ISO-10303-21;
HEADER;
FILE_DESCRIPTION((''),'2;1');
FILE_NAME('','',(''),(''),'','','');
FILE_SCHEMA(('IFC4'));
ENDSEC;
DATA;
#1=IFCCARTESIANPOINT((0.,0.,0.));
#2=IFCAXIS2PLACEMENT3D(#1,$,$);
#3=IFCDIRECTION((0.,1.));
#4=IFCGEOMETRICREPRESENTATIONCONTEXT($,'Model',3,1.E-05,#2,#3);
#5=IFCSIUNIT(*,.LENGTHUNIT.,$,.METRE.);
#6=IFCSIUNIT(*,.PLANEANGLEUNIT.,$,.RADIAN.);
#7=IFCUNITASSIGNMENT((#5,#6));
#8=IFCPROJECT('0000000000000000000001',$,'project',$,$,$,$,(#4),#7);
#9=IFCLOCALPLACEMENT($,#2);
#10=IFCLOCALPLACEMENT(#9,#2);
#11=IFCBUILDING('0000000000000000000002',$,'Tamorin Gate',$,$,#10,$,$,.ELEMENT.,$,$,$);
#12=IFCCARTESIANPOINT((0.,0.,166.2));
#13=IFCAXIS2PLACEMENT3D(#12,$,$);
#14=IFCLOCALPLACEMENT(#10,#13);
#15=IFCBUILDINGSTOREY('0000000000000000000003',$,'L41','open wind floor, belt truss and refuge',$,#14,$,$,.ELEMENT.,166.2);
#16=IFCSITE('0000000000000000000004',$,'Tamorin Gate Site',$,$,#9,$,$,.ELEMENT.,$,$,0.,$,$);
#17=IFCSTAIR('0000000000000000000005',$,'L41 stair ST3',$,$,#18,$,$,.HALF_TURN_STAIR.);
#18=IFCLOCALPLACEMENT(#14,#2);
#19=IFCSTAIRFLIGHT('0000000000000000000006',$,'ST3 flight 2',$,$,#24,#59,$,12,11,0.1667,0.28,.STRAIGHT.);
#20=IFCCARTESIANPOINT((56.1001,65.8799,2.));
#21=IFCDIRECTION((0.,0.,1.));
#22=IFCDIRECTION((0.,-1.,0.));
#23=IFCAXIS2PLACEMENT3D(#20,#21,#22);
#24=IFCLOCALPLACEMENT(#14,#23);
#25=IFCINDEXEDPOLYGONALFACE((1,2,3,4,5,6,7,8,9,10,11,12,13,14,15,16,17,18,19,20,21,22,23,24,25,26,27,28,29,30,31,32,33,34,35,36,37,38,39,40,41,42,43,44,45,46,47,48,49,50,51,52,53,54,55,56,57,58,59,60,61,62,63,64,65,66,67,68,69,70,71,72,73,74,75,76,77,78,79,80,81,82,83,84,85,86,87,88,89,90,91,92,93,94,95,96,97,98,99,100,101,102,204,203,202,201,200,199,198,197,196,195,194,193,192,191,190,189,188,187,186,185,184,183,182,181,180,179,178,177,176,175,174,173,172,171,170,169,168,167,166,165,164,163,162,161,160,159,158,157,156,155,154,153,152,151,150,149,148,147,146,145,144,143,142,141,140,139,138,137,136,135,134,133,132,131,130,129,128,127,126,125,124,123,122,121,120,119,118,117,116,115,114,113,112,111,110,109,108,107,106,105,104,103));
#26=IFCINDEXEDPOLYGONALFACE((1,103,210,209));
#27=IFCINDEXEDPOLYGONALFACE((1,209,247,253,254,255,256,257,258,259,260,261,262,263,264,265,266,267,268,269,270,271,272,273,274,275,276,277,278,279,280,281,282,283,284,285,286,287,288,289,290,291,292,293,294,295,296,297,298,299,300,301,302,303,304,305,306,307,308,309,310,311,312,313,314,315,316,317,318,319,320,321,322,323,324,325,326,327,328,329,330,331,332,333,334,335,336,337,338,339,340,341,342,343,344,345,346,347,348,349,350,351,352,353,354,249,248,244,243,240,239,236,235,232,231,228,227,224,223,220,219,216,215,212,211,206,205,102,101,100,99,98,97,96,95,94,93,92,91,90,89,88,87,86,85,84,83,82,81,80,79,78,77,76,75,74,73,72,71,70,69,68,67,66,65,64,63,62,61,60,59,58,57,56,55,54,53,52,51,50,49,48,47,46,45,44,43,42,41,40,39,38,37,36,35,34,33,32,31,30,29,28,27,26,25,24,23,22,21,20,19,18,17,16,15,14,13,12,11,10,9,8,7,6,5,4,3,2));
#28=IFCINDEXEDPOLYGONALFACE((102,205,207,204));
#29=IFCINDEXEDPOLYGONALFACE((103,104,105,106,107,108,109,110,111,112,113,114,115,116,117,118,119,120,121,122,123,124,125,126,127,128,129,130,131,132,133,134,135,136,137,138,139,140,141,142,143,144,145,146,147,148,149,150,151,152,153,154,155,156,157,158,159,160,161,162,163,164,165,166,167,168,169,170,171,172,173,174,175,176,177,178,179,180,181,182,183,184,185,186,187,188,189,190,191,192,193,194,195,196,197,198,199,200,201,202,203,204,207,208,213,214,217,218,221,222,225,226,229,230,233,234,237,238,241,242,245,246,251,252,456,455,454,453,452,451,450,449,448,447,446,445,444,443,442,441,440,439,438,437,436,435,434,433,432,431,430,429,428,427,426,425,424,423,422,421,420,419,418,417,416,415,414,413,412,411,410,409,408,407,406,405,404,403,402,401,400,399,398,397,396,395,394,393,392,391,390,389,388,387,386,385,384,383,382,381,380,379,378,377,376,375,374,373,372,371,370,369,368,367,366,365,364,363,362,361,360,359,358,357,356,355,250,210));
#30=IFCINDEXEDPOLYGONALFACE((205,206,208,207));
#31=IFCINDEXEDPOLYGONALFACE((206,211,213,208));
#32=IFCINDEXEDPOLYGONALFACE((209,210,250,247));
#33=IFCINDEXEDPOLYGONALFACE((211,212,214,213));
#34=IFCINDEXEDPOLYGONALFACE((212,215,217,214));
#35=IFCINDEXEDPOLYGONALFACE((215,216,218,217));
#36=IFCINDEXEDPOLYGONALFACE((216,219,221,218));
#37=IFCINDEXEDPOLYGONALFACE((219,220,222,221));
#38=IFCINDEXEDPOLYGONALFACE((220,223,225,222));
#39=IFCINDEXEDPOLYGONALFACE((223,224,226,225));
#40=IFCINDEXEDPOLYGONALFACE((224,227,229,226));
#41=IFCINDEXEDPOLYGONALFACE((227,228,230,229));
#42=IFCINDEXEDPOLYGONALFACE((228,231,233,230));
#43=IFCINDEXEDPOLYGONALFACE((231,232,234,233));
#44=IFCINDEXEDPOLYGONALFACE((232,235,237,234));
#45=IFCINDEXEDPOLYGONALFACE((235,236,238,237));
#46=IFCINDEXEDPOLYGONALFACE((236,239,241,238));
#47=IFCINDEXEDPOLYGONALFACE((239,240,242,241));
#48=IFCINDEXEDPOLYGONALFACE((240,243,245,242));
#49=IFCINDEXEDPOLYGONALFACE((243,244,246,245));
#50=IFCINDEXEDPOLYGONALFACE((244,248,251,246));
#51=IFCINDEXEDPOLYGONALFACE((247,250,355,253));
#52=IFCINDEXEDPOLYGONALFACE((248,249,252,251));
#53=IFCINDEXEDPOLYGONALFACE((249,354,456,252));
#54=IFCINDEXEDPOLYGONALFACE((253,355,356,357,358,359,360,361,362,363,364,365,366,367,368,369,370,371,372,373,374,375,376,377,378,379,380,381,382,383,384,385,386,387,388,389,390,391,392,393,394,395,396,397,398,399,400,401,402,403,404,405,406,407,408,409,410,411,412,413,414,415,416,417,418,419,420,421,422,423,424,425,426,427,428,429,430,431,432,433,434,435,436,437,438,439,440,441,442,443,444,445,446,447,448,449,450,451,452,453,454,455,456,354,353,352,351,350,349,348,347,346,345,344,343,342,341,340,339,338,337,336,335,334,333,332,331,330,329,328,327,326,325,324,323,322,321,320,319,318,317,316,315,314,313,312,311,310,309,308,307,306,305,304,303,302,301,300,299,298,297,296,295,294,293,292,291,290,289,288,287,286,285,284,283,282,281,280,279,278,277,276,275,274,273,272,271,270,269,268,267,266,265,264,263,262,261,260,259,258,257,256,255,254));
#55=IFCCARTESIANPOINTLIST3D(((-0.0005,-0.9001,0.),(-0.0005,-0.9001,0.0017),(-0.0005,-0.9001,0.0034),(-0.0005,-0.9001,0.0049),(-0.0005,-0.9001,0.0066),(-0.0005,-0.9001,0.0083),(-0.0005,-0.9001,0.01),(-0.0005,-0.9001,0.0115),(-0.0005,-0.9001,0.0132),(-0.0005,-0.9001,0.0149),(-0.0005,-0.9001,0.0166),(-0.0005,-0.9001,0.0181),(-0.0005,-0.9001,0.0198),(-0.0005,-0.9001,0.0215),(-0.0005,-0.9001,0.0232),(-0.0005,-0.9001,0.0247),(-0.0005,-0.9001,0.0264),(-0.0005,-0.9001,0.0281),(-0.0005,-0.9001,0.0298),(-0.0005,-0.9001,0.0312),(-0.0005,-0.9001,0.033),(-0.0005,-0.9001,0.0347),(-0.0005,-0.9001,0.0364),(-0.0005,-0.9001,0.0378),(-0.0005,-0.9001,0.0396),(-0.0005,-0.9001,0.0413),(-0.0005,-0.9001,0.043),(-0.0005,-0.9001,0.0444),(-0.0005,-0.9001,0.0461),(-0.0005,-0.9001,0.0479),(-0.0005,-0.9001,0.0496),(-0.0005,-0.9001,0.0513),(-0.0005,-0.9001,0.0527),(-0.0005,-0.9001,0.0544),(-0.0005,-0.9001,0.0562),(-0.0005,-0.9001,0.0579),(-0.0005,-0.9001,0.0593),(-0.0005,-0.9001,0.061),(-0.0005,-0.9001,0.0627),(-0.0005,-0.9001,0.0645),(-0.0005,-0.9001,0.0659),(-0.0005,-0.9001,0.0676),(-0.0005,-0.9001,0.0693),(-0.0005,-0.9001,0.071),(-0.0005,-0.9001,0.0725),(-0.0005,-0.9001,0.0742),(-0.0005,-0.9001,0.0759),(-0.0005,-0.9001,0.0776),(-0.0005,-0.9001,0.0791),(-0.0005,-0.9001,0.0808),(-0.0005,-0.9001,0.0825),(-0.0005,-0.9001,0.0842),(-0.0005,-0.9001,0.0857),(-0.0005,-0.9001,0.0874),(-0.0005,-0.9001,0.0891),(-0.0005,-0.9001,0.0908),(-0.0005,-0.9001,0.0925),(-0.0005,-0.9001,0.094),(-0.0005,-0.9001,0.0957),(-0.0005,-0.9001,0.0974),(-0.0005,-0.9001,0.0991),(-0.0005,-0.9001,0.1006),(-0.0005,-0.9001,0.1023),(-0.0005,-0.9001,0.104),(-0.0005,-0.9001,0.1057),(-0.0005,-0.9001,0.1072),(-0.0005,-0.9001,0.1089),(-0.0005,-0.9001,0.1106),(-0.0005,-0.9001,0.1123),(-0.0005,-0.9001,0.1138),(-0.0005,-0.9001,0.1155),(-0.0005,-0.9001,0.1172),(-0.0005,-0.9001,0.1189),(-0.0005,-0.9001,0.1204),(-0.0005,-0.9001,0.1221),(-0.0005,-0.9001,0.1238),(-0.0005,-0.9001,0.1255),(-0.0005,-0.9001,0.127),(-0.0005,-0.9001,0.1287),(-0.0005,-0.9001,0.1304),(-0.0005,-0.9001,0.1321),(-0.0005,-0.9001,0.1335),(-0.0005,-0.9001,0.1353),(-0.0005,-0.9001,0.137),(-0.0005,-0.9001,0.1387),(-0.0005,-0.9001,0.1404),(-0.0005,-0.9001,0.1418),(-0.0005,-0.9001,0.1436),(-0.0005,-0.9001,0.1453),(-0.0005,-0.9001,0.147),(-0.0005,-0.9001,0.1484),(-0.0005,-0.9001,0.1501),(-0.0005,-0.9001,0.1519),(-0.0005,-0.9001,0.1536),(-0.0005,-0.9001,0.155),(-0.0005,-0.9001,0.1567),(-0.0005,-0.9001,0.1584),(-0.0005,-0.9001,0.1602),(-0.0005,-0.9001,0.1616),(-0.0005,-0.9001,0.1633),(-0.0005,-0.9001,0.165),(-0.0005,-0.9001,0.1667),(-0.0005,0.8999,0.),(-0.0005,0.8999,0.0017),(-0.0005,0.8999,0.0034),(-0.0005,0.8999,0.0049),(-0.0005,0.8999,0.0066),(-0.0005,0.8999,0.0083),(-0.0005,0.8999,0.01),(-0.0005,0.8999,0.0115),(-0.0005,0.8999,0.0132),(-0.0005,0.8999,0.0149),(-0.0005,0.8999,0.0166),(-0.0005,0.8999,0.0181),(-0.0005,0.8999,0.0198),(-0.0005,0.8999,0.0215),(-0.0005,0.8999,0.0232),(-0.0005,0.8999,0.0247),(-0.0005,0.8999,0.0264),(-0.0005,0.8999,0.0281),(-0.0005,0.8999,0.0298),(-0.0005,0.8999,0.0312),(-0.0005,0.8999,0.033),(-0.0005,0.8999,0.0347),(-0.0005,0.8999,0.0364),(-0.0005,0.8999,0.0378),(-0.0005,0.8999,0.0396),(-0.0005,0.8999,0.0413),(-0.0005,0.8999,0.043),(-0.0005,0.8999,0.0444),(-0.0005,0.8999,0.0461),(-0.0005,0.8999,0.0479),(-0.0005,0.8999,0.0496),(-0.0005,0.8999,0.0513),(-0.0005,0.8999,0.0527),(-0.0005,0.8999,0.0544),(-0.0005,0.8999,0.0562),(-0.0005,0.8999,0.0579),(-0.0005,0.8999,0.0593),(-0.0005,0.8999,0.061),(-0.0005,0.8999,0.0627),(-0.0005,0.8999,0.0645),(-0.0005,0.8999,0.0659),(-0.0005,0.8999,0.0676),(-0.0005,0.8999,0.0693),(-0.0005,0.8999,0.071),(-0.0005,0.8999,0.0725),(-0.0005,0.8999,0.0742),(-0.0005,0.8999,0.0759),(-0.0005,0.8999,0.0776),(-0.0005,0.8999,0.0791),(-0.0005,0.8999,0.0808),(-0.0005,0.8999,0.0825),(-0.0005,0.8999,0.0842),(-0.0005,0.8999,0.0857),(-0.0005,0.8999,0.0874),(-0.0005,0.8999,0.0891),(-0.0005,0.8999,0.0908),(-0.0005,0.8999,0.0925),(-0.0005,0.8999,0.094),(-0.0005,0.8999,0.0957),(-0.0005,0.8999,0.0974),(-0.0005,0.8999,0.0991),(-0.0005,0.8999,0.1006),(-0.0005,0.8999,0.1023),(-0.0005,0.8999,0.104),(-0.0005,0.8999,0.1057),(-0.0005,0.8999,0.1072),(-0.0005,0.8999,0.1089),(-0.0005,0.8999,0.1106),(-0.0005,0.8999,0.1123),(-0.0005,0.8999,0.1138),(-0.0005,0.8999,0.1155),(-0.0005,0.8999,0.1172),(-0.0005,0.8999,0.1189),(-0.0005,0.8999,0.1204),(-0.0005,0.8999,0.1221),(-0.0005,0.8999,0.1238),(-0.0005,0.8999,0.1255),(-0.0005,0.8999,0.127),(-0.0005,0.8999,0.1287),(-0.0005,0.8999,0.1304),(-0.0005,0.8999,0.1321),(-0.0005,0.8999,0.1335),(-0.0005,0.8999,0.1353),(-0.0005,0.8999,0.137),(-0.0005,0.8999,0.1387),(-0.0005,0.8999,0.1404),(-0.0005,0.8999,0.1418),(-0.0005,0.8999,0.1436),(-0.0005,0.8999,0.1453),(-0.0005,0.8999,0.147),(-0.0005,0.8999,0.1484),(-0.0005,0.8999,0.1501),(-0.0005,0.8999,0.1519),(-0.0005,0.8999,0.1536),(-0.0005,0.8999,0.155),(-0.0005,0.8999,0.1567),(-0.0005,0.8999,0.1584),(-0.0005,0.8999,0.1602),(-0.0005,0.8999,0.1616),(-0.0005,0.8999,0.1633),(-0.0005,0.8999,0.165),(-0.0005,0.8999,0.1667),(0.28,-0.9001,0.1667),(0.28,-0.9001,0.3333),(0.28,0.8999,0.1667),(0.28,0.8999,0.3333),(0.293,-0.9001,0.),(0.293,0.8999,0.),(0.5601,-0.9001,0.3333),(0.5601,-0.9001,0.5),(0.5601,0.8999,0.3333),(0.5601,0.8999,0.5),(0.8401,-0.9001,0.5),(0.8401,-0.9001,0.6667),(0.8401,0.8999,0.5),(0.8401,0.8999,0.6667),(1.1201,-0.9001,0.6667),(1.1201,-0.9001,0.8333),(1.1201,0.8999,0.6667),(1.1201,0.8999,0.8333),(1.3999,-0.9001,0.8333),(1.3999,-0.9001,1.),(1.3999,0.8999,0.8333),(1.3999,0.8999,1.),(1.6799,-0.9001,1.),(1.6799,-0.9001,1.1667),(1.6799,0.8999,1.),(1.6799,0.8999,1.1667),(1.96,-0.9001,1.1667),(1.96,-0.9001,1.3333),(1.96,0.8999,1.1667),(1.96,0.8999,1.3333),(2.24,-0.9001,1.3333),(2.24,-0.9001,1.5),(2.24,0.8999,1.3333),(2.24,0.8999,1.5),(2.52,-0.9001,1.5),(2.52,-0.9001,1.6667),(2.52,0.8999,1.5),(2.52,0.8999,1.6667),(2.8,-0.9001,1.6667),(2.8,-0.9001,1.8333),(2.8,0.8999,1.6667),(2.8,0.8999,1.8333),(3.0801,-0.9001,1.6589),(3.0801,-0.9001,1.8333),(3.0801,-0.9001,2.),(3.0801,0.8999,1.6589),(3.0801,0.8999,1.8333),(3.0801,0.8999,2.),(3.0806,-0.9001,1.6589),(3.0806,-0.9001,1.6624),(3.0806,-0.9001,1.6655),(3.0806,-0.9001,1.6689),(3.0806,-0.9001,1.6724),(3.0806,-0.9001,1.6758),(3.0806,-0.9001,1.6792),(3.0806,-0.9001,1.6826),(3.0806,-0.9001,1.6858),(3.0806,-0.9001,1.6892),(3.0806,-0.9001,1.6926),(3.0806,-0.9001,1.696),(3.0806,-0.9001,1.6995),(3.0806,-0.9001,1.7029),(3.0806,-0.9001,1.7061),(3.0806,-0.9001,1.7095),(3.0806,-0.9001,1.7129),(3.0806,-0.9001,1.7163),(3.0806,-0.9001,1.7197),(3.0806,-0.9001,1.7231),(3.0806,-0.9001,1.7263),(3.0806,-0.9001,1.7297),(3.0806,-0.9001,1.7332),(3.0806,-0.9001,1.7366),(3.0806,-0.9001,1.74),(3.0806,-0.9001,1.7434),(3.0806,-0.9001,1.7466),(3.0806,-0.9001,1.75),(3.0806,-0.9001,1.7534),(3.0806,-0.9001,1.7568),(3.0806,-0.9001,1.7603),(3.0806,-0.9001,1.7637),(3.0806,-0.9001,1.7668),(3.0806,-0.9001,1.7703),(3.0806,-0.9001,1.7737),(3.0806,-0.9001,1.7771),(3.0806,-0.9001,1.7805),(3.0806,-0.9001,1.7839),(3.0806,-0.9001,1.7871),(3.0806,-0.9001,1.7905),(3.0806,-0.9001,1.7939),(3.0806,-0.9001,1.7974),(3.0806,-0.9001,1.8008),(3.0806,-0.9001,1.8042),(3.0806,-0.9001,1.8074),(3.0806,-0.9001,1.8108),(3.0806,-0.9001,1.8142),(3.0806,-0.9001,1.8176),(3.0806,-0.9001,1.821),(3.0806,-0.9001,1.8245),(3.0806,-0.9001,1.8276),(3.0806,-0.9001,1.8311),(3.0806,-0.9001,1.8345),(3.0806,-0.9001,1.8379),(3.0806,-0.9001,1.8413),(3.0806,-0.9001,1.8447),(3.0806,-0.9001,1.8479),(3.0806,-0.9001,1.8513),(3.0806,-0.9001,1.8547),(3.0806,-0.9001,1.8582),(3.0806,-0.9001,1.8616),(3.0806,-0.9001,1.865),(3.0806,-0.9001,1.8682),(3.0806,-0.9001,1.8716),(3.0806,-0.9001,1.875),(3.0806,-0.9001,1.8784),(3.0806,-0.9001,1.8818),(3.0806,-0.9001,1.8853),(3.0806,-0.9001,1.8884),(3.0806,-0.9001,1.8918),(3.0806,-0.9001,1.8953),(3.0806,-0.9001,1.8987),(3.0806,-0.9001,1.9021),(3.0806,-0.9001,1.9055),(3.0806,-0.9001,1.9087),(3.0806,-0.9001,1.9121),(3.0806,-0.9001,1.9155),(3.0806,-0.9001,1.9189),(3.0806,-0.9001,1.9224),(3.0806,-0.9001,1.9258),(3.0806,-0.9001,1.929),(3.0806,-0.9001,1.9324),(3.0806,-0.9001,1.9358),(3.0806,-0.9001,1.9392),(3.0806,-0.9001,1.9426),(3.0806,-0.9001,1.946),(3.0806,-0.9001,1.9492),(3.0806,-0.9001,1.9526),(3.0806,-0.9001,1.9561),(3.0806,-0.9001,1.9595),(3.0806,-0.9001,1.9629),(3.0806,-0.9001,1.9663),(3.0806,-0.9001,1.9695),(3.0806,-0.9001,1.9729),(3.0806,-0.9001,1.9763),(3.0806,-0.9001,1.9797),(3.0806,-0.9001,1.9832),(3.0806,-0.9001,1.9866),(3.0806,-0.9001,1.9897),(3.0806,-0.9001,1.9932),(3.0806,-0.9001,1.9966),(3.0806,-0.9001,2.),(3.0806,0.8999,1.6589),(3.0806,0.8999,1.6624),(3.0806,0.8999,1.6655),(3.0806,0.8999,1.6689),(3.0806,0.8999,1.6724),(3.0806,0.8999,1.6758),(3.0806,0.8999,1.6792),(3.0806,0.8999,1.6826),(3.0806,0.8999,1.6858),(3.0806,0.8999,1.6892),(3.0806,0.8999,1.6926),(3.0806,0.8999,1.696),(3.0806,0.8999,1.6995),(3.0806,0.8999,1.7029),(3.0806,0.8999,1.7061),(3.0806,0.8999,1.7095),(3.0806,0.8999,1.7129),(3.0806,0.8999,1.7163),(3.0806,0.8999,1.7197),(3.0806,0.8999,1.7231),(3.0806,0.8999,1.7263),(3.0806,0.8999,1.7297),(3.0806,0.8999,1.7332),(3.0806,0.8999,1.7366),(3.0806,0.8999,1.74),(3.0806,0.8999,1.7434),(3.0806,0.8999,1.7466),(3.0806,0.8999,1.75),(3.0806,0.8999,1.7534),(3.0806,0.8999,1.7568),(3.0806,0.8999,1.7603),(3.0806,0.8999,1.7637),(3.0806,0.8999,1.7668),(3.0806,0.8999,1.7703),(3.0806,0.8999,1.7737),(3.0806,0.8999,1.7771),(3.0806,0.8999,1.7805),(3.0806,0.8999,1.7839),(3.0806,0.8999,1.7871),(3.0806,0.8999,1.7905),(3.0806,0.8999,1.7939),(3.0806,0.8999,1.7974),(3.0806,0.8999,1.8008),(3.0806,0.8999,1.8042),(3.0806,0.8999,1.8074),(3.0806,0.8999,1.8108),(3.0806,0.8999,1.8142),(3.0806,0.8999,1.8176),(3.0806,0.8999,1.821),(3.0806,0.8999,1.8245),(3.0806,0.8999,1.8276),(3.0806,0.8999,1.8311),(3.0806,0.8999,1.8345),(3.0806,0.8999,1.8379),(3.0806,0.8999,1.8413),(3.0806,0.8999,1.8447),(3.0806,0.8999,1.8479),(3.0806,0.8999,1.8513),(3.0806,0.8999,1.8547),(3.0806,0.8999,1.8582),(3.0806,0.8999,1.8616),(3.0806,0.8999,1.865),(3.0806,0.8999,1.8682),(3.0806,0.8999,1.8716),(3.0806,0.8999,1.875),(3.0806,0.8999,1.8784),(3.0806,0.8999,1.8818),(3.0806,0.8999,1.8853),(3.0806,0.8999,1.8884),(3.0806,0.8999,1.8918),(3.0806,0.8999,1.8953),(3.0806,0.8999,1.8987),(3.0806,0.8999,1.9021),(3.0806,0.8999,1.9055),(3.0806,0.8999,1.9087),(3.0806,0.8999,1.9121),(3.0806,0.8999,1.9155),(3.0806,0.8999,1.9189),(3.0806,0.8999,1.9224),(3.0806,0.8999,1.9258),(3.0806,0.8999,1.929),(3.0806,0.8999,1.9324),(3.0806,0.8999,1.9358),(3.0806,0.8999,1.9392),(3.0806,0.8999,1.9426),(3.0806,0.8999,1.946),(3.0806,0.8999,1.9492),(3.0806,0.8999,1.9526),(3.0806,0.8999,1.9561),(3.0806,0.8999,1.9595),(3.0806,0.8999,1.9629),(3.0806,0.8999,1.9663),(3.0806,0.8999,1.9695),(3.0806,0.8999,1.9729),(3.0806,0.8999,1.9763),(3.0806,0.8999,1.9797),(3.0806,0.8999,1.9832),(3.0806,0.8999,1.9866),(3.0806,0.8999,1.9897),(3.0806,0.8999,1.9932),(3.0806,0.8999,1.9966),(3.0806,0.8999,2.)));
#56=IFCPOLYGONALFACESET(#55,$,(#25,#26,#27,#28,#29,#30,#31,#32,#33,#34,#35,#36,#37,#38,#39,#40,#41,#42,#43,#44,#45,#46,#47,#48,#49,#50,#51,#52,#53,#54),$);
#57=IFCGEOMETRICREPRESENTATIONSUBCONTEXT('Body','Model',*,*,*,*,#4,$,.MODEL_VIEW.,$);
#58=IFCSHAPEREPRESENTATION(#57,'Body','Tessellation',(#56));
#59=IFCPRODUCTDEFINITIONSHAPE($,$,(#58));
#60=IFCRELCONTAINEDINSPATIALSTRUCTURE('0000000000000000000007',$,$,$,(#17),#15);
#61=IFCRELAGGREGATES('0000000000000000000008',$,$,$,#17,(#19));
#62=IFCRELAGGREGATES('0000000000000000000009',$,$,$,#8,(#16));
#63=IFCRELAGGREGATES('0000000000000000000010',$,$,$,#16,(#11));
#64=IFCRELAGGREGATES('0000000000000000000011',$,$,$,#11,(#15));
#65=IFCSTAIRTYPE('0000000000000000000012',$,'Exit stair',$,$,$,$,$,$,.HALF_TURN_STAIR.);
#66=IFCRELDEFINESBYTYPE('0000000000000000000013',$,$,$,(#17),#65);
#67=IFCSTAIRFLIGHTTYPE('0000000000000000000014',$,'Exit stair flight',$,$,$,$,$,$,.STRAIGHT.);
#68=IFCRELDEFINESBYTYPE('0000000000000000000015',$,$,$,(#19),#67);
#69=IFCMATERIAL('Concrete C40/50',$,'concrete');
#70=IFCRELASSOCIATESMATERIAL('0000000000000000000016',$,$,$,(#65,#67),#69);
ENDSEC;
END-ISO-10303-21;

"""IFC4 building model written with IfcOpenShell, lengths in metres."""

from ifc_helpers import new_model, si_unit, direction, frame, origin, place, context, subcontext, project, spatial, polyline, outline, extrude, material, type_object, element, aggregate, save


model = new_model("IFC4")

# Units and contexts
model_context = context("Model", 3, precision=1e-05, world=origin(), true_north=direction((0.0, 1.0)))
body_context = subcontext(model_context, "Body", "Model", "MODEL_VIEW")
ifc_project = project(units=[si_unit("LENGTHUNIT", "METRE"), si_unit("PLANEANGLEUNIT", "RADIAN")], contexts=[model_context])

# Site, building, storey
site_placement = place(None, origin())
site = spatial("IfcSite", under=ifc_project, at=site_placement, Name="Tamorin Gate Site", CompositionType="ELEMENT", RefElevation=0.0)
building_placement = place(site_placement, origin())
building = spatial("IfcBuilding", under=site, at=building_placement, Name="Tamorin Gate", CompositionType="ELEMENT")
storey_placement = place(building_placement, frame((0.0, 0.0, 166.2)))
storey = spatial("IfcBuildingStorey", under=building, at=storey_placement, Name="L41", Description="open wind floor, belt truss and refuge", CompositionType="ELEMENT", Elevation=166.2)

# Stair, stair flight
ifc_material_1 = material(Name="Concrete C40/50", Category="concrete")
stair_type = type_object("IfcStairType", Name="Exit stair", PredefinedType="HALF_TURN_STAIR", material=ifc_material_1)
stair_placement = place(storey_placement, origin())
stair = element("IfcStair", 1, at=stair_placement, inside=storey, type_object=stair_type, Name="L41 stair ST3", PredefinedType="HALF_TURN_STAIR")
stair_flight_type = type_object("IfcStairFlightType", Name="Exit stair flight", PredefinedType="STRAIGHT", material=ifc_material_1)
stair_flight_1_placement = place(storey_placement, frame((56.1001, 65.8799, 2.0), z_axis=(0.0, 0.0, 1.0), x_axis=(0.0, -1.0, 0.0)))
stair_flight_1 = element("IfcStairFlight", 2, at=stair_flight_1_placement, type_object=stair_flight_type, Name="ST3 flight 2", NumberOfRisers=12, NumberOfTreads=11, PredefinedType="STRAIGHT", RiserHeight=0.1667, TreadLength=0.28, context=body_context, shape_type="SweptSolid", body=[
    extrude(outline(polyline([(-0.0005, 0.0), (-0.0005, 0.0017), (-0.0005, 0.0034), (-0.0005, 0.0049), (-0.0005, 0.0066), (-0.0005, 0.0083), (-0.0005, 0.01), (-0.0005, 0.0115), (-0.0005, 0.0132), (-0.0005, 0.0149), (-0.0005, 0.0166), (-0.0005, 0.0181), (-0.0005, 0.0198), (-0.0005, 0.0215), (-0.0005, 0.0232), (-0.0005, 0.0247), (-0.0005, 0.0264), (-0.0005, 0.0281), (-0.0005, 0.0298), (-0.0005, 0.0312), (-0.0005, 0.033), (-0.0005, 0.0347), (-0.0005, 0.0364), (-0.0005, 0.0378), (-0.0005, 0.0396), (-0.0005, 0.0413), (-0.0005, 0.043), (-0.0005, 0.0444), (-0.0005, 0.0461), (-0.0005, 0.0479), (-0.0005, 0.0496), (-0.0005, 0.0513), (-0.0005, 0.0527), (-0.0005, 0.0544), (-0.0005, 0.0562), (-0.0005, 0.0579), (-0.0005, 0.0593), (-0.0005, 0.061), (-0.0005, 0.0627), (-0.0005, 0.0645), (-0.0005, 0.0659), (-0.0005, 0.0676), (-0.0005, 0.0693), (-0.0005, 0.071), (-0.0005, 0.0725), (-0.0005, 0.0742), (-0.0005, 0.0759), (-0.0005, 0.0776), (-0.0005, 0.0791), (-0.0005, 0.0808), (-0.0005, 0.0825), (-0.0005, 0.0842), (-0.0005, 0.0857), (-0.0005, 0.0874), (-0.0005, 0.0891), (-0.0005, 0.0908), (-0.0005, 0.0925), (-0.0005, 0.094), (-0.0005, 0.0957), (-0.0005, 0.0974), (-0.0005, 0.0991), (-0.0005, 0.1006), (-0.0005, 0.1023), (-0.0005, 0.104), (-0.0005, 0.1057), (-0.0005, 0.1072), (-0.0005, 0.1089), (-0.0005, 0.1106), (-0.0005, 0.1123), (-0.0005, 0.1138), (-0.0005, 0.1155), (-0.0005, 0.1172), (-0.0005, 0.1189), (-0.0005, 0.1204), (-0.0005, 0.1221), (-0.0005, 0.1238), (-0.0005, 0.1255), (-0.0005, 0.127), (-0.0005, 0.1287), (-0.0005, 0.1304), (-0.0005, 0.1321), (-0.0005, 0.1335), (-0.0005, 0.1353), (-0.0005, 0.137), (-0.0005, 0.1387), (-0.0005, 0.1404), (-0.0005, 0.1418), (-0.0005, 0.1436), (-0.0005, 0.1453), (-0.0005, 0.147), (-0.0005, 0.1484), (-0.0005, 0.1501), (-0.0005, 0.1519), (-0.0005, 0.1536), (-0.0005, 0.155), (-0.0005, 0.1567), (-0.0005, 0.1584), (-0.0005, 0.1602), (-0.0005, 0.1616), (-0.0005, 0.1633), (-0.0005, 0.165), (-0.0005, 0.1667), (0.28, 0.1667), (0.28, 0.3333), (0.5601, 0.3333), (0.5601, 0.5), (0.8401, 0.5), (0.8401, 0.6667), (1.1201, 0.6667), (1.1201, 0.8333), (1.3999, 0.8333), (1.3999, 1.0), (1.6799, 1.0), (1.6799, 1.1667), (1.96, 1.1667), (1.96, 1.3333), (2.24, 1.3333), (2.24, 1.5), (2.52, 1.5), (2.52, 1.6667), (2.8, 1.6667), (2.8, 1.8333), (3.0801, 1.8333), (3.0801, 2.0), (3.0806, 2.0), (3.0806, 1.9966), (3.0806, 1.9932), (3.0806, 1.9897), (3.0806, 1.9866), (3.0806, 1.9832), (3.0806, 1.9797), (3.0806, 1.9763), (3.0806, 1.9729), (3.0806, 1.9695), (3.0806, 1.9663), (3.0806, 1.9629), (3.0806, 1.9595), (3.0806, 1.9561), (3.0806, 1.9526), (3.0806, 1.9492), (3.0806, 1.946), (3.0806, 1.9426), (3.0806, 1.9392), (3.0806, 1.9358), (3.0806, 1.9324), (3.0806, 1.929), (3.0806, 1.9258), (3.0806, 1.9224), (3.0806, 1.9189), (3.0806, 1.9155), (3.0806, 1.9121), (3.0806, 1.9087), (3.0806, 1.9055), (3.0806, 1.9021), (3.0806, 1.8987), (3.0806, 1.8953), (3.0806, 1.8918), (3.0806, 1.8884), (3.0806, 1.8853), (3.0806, 1.8818), (3.0806, 1.8784), (3.0806, 1.875), (3.0806, 1.8716), (3.0806, 1.8682), (3.0806, 1.865), (3.0806, 1.8616), (3.0806, 1.8582), (3.0806, 1.8547), (3.0806, 1.8513), (3.0806, 1.8479), (3.0806, 1.8447), (3.0806, 1.8413), (3.0806, 1.8379), (3.0806, 1.8345), (3.0806, 1.8311), (3.0806, 1.8276), (3.0806, 1.8245), (3.0806, 1.821), (3.0806, 1.8176), (3.0806, 1.8142), (3.0806, 1.8108), (3.0806, 1.8074), (3.0806, 1.8042), (3.0806, 1.8008), (3.0806, 1.7974), (3.0806, 1.7939), (3.0806, 1.7905), (3.0806, 1.7871), (3.0806, 1.7839), (3.0806, 1.7805), (3.0806, 1.7771), (3.0806, 1.7737), (3.0806, 1.7703), (3.0806, 1.7668), (3.0806, 1.7637), (3.0806, 1.7603), (3.0806, 1.7568), (3.0806, 1.7534), (3.0806, 1.75), (3.0806, 1.7466), (3.0806, 1.7434), (3.0806, 1.74), (3.0806, 1.7366), (3.0806, 1.7332), (3.0806, 1.7297), (3.0806, 1.7263), (3.0806, 1.7231), (3.0806, 1.7197), (3.0806, 1.7163), (3.0806, 1.7129), (3.0806, 1.7095), (3.0806, 1.7061), (3.0806, 1.7029), (3.0806, 1.6995), (3.0806, 1.696), (3.0806, 1.6926), (3.0806, 1.6892), (3.0806, 1.6858), (3.0806, 1.6826), (3.0806, 1.6792), (3.0806, 1.6758), (3.0806, 1.6724), (3.0806, 1.6689), (3.0806, 1.6655), (3.0806, 1.6624), (3.0806, 1.6589), (3.0801, 1.6589), (0.293, 0.0), (-0.0005, 0.0)])), frame((0.0, 0.8999, 0.0), z_axis=(0.0, -1.0, 0.0), x_axis=(1.0, 0.0, 0.0)), (0.0, 0.0, 1.0), 1.8),
])
aggregate(stair, [stair_flight_1])

save(model, "model.ifc")
